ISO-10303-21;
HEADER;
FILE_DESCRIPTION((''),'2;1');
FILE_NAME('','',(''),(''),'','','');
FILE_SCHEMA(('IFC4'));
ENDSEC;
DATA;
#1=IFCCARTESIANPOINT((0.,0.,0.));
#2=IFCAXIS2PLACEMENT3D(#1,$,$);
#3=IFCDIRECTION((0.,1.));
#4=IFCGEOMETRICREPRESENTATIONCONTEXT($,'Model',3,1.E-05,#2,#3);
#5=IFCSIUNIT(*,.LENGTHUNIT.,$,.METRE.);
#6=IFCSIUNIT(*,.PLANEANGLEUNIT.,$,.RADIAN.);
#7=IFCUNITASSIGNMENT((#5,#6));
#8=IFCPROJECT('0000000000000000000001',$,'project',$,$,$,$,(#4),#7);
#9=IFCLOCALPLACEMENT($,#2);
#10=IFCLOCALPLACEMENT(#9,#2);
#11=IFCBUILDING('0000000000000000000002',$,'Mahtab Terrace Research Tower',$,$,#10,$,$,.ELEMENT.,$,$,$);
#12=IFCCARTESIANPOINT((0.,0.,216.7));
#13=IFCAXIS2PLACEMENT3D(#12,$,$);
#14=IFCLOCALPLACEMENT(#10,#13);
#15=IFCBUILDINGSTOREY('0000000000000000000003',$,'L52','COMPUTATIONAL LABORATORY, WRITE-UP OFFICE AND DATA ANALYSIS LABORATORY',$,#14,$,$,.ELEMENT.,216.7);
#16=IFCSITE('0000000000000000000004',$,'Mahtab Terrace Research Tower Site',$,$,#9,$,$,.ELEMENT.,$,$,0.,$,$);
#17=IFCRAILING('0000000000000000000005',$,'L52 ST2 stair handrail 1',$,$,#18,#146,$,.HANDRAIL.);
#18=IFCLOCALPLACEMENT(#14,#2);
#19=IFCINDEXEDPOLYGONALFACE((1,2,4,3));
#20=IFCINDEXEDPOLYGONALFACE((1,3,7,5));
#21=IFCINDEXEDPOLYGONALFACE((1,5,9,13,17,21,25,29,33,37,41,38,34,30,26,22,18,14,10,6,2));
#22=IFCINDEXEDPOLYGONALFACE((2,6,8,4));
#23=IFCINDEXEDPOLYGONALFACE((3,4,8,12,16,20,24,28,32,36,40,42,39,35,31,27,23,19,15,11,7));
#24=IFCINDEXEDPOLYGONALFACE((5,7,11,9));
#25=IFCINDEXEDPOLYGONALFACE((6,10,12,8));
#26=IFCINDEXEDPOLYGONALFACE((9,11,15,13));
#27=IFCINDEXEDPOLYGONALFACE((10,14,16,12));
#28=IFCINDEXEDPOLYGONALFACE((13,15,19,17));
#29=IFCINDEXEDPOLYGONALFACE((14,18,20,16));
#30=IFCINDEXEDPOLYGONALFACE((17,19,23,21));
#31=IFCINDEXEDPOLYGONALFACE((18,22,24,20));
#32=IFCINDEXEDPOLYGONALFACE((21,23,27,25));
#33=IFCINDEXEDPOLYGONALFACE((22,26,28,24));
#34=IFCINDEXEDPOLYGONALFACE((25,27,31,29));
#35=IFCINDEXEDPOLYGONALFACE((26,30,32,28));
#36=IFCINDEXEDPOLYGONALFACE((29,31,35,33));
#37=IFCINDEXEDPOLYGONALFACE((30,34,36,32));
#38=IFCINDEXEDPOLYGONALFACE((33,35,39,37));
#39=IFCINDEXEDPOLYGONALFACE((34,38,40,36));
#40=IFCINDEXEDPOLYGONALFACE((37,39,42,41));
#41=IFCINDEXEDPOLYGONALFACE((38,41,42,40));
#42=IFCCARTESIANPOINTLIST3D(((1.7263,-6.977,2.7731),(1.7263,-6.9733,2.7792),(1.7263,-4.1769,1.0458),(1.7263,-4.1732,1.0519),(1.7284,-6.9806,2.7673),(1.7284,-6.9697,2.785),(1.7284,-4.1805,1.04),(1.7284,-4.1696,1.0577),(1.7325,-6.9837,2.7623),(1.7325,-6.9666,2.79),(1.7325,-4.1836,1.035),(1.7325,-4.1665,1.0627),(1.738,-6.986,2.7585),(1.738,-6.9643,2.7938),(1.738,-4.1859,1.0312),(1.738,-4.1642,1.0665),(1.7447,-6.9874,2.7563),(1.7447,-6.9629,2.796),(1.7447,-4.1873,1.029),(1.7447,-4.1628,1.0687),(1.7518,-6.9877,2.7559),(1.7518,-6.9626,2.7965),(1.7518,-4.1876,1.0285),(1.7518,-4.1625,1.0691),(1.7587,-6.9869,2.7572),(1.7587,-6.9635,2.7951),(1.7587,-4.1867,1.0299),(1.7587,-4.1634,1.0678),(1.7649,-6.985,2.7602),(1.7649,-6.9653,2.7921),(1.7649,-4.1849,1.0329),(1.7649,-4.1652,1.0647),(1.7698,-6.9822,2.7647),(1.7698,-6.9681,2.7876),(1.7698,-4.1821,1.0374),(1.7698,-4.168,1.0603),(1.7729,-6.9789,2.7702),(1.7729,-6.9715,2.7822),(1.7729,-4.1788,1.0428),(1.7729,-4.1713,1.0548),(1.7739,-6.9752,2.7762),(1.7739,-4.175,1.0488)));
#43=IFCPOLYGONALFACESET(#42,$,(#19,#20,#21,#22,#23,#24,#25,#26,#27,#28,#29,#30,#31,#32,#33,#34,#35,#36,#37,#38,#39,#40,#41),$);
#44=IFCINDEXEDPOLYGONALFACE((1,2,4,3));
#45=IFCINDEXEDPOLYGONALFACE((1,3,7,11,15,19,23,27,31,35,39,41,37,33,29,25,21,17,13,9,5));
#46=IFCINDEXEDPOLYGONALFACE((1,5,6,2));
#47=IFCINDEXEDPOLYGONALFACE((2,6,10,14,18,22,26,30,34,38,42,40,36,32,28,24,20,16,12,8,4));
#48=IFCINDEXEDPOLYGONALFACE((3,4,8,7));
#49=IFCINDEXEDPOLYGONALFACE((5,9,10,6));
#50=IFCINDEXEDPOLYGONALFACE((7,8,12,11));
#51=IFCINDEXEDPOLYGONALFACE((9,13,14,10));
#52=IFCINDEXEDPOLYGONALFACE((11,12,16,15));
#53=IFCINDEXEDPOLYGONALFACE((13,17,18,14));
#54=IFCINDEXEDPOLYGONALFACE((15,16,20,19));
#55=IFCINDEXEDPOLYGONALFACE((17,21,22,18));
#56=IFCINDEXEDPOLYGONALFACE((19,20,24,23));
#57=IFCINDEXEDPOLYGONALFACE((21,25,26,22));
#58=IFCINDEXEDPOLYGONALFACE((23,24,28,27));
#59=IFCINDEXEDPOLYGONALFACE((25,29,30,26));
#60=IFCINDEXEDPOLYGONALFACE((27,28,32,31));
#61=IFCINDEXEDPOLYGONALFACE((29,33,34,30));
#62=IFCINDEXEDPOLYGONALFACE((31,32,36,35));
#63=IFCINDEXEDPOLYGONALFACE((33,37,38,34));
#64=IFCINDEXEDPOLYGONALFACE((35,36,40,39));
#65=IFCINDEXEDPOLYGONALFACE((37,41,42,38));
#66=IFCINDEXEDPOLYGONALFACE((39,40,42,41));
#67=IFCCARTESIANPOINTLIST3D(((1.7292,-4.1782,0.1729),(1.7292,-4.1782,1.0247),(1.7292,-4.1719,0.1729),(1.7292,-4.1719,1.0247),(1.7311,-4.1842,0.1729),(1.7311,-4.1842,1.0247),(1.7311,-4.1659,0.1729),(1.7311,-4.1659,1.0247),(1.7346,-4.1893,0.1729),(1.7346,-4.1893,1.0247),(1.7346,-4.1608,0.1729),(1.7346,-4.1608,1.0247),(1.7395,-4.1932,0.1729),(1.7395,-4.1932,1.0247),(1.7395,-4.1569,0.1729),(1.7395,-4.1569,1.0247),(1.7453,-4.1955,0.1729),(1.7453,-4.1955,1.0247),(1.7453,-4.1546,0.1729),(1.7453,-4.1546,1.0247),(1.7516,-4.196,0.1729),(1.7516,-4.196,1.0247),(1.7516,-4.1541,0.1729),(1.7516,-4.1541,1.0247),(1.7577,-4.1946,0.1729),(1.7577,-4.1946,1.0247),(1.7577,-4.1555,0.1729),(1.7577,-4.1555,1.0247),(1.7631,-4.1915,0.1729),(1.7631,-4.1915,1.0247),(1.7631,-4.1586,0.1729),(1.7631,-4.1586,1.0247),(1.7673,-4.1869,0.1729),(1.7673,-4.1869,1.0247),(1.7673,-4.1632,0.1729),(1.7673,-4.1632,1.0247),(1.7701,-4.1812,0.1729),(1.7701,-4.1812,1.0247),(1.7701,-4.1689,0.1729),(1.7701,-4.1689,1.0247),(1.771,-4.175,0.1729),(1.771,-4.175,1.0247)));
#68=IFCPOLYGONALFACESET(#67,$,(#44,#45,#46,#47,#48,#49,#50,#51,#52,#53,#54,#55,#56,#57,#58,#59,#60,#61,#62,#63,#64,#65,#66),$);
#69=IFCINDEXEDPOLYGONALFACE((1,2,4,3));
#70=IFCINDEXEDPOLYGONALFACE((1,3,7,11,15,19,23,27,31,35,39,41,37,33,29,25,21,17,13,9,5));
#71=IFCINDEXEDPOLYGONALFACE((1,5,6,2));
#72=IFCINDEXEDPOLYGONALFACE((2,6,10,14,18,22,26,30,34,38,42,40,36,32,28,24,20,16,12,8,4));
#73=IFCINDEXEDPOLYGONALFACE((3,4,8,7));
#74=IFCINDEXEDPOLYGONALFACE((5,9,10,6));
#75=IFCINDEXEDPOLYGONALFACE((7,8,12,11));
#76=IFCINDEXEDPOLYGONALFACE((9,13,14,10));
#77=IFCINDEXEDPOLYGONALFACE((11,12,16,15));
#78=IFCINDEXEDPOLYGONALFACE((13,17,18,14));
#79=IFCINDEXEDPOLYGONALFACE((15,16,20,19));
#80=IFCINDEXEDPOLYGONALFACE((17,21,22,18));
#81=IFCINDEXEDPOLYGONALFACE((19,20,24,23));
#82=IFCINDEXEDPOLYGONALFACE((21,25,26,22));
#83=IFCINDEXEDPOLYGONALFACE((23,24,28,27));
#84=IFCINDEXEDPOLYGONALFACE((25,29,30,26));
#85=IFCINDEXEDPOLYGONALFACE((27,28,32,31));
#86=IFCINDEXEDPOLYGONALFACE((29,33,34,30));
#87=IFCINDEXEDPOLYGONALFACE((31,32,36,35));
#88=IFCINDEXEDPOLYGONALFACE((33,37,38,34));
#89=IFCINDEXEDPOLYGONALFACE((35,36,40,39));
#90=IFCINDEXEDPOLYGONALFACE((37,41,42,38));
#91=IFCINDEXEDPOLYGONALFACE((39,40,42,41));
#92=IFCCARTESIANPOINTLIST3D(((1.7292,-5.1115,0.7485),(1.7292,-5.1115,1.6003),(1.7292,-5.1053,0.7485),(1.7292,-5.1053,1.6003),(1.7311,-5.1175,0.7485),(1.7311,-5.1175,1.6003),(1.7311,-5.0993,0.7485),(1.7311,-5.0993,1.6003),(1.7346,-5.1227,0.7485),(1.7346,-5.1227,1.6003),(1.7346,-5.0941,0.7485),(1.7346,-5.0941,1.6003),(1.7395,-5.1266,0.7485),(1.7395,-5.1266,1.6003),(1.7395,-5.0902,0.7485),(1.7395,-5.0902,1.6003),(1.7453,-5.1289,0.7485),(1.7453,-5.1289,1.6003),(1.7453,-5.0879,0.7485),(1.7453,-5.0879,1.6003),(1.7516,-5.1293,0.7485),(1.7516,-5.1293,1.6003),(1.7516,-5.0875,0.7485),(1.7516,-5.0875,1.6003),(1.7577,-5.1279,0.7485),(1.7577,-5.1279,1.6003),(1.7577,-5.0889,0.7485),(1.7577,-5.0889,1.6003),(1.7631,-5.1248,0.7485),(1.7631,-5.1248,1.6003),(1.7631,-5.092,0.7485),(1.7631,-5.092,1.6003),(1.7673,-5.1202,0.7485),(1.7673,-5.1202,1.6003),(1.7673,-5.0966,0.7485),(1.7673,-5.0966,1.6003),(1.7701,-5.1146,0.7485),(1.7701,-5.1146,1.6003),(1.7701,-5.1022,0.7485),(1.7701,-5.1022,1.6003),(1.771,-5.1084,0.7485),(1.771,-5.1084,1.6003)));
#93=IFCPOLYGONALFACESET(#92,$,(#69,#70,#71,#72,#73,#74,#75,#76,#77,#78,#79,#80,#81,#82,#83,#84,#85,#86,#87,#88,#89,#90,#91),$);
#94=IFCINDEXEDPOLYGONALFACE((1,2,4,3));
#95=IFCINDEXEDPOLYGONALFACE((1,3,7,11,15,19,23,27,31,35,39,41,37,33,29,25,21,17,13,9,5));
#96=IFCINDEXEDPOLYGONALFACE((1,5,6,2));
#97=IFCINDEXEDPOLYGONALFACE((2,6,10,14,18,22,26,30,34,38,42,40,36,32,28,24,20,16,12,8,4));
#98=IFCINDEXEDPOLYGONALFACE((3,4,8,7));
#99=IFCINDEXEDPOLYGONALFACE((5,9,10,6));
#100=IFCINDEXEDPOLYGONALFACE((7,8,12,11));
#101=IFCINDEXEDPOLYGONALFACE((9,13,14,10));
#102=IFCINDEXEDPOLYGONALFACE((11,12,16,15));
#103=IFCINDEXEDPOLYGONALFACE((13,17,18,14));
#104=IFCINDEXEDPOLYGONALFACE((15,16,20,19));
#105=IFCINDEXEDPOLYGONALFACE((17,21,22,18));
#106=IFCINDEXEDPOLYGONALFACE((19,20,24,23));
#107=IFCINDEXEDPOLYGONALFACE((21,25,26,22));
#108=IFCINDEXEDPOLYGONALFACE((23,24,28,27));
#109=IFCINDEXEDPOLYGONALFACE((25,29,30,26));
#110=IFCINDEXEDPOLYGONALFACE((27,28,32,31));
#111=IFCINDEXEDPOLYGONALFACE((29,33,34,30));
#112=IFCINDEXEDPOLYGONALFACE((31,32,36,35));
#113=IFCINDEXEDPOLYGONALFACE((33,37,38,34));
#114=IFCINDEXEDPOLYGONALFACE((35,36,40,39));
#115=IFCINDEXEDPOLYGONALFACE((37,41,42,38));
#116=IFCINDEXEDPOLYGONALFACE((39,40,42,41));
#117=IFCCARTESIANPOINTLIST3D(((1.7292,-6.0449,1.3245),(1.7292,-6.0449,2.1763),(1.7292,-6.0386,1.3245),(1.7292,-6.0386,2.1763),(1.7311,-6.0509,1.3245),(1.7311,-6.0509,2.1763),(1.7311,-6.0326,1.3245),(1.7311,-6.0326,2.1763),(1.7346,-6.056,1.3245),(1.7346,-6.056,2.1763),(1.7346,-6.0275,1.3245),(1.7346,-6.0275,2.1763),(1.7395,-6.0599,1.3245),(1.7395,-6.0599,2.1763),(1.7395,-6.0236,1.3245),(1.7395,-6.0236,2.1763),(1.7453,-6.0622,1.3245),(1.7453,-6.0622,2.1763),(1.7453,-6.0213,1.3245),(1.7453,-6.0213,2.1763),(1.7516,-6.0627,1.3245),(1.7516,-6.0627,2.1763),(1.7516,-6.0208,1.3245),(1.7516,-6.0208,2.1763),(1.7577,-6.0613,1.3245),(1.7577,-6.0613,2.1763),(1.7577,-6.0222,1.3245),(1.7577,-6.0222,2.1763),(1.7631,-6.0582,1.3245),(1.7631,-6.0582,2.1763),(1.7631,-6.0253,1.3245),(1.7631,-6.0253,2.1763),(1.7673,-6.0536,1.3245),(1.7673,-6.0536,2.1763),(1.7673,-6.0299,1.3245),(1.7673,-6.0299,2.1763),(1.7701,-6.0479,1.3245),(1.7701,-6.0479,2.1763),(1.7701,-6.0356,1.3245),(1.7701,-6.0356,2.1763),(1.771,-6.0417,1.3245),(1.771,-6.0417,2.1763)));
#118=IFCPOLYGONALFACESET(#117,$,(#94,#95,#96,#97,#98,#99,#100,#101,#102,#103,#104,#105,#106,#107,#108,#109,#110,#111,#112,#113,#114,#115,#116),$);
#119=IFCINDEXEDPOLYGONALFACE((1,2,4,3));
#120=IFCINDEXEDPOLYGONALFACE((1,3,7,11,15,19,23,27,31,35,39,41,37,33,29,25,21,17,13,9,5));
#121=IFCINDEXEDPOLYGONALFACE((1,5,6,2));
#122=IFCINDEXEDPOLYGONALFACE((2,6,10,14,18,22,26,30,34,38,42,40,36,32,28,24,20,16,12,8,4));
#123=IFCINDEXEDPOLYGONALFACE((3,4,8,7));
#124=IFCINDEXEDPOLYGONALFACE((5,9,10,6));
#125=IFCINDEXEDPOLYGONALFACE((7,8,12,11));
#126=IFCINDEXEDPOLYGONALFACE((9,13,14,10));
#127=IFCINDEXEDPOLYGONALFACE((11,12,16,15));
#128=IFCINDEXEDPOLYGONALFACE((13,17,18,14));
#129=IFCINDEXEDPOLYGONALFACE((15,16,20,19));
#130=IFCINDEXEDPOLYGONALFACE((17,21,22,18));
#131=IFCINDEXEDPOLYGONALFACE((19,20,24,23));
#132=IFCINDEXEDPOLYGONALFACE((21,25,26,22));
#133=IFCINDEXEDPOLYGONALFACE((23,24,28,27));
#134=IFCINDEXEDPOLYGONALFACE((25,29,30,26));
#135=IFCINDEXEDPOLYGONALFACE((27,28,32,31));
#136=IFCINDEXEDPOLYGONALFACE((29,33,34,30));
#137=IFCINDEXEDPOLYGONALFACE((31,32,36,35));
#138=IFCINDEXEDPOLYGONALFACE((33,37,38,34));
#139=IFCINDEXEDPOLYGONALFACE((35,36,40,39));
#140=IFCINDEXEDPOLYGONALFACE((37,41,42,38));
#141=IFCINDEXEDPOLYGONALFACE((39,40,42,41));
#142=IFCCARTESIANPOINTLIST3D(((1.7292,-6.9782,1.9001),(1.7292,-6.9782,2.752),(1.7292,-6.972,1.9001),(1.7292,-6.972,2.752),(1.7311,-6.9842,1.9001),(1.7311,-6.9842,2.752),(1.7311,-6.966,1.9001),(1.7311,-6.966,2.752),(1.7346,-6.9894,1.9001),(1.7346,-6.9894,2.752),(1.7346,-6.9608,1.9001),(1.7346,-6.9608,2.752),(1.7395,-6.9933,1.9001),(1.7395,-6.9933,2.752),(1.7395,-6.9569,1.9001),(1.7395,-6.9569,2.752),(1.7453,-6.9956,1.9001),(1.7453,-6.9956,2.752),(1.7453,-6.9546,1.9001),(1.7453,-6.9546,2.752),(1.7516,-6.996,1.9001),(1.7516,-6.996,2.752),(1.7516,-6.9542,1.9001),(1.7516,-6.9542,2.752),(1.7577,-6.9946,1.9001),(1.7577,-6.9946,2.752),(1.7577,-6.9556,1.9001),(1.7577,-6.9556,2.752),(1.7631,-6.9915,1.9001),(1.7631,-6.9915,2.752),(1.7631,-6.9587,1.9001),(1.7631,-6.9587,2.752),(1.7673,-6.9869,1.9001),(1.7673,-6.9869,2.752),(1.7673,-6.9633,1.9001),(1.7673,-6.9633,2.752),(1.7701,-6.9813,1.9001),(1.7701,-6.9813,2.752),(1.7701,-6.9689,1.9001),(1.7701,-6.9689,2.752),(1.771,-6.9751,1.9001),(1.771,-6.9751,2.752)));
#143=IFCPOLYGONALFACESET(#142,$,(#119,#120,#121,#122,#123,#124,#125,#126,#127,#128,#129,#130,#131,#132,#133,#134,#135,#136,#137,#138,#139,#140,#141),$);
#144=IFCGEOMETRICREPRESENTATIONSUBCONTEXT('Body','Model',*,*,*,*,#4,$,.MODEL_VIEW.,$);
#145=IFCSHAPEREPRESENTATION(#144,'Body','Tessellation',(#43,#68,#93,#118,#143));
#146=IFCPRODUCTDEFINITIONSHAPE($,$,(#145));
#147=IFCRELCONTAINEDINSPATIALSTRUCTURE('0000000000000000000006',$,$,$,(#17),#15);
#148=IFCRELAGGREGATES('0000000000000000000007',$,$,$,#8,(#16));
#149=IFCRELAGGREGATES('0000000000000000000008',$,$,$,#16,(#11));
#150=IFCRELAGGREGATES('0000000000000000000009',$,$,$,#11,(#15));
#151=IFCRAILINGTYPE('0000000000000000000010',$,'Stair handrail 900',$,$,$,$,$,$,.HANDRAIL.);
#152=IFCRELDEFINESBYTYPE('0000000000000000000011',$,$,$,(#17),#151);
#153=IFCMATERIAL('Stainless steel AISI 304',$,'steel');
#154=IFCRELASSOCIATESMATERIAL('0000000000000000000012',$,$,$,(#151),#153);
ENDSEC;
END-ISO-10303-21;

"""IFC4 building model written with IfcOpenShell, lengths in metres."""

from ifc_helpers import new_model, si_unit, direction, frame, origin, origin_2d, place, context, subcontext, project, spatial, circle, extrude, material, type_object, element, save


model = new_model("IFC4")

# Units and contexts
model_context = context("Model", 3, precision=1e-05, world=origin(), true_north=direction((0.0, 1.0)))
body_context = subcontext(model_context, "Body", "Model", "MODEL_VIEW")
ifc_project = project(units=[si_unit("LENGTHUNIT", "METRE"), si_unit("PLANEANGLEUNIT", "RADIAN")], contexts=[model_context])

# Site, building, storey
site_placement = place(None, origin())
site = spatial("IfcSite", under=ifc_project, at=site_placement, Name="Mahtab Terrace Research Tower Site", CompositionType="ELEMENT", RefElevation=0.0)
building_placement = place(site_placement, origin())
building = spatial("IfcBuilding", under=site, at=building_placement, Name="Mahtab Terrace Research Tower", CompositionType="ELEMENT")
storey_placement = place(building_placement, frame((0.0, 0.0, 216.7)))
storey = spatial("IfcBuildingStorey", under=building, at=storey_placement, Name="L52", Description="COMPUTATIONAL LABORATORY, WRITE-UP OFFICE AND DATA ANALYSIS LABORATORY", CompositionType="ELEMENT", Elevation=216.7)

# Railing
ifc_material_1 = material(Name="Stainless steel AISI 304", Category="steel")
railing_type_1 = type_object("IfcRailingType", Name="Stair handrail 900", PredefinedType="HANDRAIL", material=ifc_material_1)
railing_1_placement = place(storey_placement, frame((1.75, -4.175, 0.1729)))
element("IfcRailing", 1, at=railing_1_placement, inside=storey, type_object=railing_type_1, Name="L52 ST2 stair handrail 1", PredefinedType="HANDRAIL", context=body_context, shape_type="SweptSolid", body=[
    extrude(circle(Radius=0.0239, at=origin_2d()), frame((0.0, 0.0, 0.876), z_axis=(0.0, -0.85109, 0.52502), x_axis=(1.0, 0.0, 0.0)), (0.0, 0.0, 1.0), 3.29),
    extrude(circle(Radius=0.021, at=origin_2d()), origin(), (0.0, 0.0, 1.0), 0.8518),
    extrude(circle(Radius=0.021, at=origin_2d()), frame((0.0, -0.9333, 0.5757)), (0.0, 0.0, 1.0), 0.8518),
    extrude(circle(Radius=0.021, at=origin_2d()), frame((0.0, -1.8667, 1.1516)), (0.0, 0.0, 1.0), 0.8518),
    extrude(circle(Radius=0.021, at=origin_2d()), frame((0.0, -2.8, 1.7273)), (0.0, 0.0, 1.0), 0.8518),
])

save(model, "model.ifc")
